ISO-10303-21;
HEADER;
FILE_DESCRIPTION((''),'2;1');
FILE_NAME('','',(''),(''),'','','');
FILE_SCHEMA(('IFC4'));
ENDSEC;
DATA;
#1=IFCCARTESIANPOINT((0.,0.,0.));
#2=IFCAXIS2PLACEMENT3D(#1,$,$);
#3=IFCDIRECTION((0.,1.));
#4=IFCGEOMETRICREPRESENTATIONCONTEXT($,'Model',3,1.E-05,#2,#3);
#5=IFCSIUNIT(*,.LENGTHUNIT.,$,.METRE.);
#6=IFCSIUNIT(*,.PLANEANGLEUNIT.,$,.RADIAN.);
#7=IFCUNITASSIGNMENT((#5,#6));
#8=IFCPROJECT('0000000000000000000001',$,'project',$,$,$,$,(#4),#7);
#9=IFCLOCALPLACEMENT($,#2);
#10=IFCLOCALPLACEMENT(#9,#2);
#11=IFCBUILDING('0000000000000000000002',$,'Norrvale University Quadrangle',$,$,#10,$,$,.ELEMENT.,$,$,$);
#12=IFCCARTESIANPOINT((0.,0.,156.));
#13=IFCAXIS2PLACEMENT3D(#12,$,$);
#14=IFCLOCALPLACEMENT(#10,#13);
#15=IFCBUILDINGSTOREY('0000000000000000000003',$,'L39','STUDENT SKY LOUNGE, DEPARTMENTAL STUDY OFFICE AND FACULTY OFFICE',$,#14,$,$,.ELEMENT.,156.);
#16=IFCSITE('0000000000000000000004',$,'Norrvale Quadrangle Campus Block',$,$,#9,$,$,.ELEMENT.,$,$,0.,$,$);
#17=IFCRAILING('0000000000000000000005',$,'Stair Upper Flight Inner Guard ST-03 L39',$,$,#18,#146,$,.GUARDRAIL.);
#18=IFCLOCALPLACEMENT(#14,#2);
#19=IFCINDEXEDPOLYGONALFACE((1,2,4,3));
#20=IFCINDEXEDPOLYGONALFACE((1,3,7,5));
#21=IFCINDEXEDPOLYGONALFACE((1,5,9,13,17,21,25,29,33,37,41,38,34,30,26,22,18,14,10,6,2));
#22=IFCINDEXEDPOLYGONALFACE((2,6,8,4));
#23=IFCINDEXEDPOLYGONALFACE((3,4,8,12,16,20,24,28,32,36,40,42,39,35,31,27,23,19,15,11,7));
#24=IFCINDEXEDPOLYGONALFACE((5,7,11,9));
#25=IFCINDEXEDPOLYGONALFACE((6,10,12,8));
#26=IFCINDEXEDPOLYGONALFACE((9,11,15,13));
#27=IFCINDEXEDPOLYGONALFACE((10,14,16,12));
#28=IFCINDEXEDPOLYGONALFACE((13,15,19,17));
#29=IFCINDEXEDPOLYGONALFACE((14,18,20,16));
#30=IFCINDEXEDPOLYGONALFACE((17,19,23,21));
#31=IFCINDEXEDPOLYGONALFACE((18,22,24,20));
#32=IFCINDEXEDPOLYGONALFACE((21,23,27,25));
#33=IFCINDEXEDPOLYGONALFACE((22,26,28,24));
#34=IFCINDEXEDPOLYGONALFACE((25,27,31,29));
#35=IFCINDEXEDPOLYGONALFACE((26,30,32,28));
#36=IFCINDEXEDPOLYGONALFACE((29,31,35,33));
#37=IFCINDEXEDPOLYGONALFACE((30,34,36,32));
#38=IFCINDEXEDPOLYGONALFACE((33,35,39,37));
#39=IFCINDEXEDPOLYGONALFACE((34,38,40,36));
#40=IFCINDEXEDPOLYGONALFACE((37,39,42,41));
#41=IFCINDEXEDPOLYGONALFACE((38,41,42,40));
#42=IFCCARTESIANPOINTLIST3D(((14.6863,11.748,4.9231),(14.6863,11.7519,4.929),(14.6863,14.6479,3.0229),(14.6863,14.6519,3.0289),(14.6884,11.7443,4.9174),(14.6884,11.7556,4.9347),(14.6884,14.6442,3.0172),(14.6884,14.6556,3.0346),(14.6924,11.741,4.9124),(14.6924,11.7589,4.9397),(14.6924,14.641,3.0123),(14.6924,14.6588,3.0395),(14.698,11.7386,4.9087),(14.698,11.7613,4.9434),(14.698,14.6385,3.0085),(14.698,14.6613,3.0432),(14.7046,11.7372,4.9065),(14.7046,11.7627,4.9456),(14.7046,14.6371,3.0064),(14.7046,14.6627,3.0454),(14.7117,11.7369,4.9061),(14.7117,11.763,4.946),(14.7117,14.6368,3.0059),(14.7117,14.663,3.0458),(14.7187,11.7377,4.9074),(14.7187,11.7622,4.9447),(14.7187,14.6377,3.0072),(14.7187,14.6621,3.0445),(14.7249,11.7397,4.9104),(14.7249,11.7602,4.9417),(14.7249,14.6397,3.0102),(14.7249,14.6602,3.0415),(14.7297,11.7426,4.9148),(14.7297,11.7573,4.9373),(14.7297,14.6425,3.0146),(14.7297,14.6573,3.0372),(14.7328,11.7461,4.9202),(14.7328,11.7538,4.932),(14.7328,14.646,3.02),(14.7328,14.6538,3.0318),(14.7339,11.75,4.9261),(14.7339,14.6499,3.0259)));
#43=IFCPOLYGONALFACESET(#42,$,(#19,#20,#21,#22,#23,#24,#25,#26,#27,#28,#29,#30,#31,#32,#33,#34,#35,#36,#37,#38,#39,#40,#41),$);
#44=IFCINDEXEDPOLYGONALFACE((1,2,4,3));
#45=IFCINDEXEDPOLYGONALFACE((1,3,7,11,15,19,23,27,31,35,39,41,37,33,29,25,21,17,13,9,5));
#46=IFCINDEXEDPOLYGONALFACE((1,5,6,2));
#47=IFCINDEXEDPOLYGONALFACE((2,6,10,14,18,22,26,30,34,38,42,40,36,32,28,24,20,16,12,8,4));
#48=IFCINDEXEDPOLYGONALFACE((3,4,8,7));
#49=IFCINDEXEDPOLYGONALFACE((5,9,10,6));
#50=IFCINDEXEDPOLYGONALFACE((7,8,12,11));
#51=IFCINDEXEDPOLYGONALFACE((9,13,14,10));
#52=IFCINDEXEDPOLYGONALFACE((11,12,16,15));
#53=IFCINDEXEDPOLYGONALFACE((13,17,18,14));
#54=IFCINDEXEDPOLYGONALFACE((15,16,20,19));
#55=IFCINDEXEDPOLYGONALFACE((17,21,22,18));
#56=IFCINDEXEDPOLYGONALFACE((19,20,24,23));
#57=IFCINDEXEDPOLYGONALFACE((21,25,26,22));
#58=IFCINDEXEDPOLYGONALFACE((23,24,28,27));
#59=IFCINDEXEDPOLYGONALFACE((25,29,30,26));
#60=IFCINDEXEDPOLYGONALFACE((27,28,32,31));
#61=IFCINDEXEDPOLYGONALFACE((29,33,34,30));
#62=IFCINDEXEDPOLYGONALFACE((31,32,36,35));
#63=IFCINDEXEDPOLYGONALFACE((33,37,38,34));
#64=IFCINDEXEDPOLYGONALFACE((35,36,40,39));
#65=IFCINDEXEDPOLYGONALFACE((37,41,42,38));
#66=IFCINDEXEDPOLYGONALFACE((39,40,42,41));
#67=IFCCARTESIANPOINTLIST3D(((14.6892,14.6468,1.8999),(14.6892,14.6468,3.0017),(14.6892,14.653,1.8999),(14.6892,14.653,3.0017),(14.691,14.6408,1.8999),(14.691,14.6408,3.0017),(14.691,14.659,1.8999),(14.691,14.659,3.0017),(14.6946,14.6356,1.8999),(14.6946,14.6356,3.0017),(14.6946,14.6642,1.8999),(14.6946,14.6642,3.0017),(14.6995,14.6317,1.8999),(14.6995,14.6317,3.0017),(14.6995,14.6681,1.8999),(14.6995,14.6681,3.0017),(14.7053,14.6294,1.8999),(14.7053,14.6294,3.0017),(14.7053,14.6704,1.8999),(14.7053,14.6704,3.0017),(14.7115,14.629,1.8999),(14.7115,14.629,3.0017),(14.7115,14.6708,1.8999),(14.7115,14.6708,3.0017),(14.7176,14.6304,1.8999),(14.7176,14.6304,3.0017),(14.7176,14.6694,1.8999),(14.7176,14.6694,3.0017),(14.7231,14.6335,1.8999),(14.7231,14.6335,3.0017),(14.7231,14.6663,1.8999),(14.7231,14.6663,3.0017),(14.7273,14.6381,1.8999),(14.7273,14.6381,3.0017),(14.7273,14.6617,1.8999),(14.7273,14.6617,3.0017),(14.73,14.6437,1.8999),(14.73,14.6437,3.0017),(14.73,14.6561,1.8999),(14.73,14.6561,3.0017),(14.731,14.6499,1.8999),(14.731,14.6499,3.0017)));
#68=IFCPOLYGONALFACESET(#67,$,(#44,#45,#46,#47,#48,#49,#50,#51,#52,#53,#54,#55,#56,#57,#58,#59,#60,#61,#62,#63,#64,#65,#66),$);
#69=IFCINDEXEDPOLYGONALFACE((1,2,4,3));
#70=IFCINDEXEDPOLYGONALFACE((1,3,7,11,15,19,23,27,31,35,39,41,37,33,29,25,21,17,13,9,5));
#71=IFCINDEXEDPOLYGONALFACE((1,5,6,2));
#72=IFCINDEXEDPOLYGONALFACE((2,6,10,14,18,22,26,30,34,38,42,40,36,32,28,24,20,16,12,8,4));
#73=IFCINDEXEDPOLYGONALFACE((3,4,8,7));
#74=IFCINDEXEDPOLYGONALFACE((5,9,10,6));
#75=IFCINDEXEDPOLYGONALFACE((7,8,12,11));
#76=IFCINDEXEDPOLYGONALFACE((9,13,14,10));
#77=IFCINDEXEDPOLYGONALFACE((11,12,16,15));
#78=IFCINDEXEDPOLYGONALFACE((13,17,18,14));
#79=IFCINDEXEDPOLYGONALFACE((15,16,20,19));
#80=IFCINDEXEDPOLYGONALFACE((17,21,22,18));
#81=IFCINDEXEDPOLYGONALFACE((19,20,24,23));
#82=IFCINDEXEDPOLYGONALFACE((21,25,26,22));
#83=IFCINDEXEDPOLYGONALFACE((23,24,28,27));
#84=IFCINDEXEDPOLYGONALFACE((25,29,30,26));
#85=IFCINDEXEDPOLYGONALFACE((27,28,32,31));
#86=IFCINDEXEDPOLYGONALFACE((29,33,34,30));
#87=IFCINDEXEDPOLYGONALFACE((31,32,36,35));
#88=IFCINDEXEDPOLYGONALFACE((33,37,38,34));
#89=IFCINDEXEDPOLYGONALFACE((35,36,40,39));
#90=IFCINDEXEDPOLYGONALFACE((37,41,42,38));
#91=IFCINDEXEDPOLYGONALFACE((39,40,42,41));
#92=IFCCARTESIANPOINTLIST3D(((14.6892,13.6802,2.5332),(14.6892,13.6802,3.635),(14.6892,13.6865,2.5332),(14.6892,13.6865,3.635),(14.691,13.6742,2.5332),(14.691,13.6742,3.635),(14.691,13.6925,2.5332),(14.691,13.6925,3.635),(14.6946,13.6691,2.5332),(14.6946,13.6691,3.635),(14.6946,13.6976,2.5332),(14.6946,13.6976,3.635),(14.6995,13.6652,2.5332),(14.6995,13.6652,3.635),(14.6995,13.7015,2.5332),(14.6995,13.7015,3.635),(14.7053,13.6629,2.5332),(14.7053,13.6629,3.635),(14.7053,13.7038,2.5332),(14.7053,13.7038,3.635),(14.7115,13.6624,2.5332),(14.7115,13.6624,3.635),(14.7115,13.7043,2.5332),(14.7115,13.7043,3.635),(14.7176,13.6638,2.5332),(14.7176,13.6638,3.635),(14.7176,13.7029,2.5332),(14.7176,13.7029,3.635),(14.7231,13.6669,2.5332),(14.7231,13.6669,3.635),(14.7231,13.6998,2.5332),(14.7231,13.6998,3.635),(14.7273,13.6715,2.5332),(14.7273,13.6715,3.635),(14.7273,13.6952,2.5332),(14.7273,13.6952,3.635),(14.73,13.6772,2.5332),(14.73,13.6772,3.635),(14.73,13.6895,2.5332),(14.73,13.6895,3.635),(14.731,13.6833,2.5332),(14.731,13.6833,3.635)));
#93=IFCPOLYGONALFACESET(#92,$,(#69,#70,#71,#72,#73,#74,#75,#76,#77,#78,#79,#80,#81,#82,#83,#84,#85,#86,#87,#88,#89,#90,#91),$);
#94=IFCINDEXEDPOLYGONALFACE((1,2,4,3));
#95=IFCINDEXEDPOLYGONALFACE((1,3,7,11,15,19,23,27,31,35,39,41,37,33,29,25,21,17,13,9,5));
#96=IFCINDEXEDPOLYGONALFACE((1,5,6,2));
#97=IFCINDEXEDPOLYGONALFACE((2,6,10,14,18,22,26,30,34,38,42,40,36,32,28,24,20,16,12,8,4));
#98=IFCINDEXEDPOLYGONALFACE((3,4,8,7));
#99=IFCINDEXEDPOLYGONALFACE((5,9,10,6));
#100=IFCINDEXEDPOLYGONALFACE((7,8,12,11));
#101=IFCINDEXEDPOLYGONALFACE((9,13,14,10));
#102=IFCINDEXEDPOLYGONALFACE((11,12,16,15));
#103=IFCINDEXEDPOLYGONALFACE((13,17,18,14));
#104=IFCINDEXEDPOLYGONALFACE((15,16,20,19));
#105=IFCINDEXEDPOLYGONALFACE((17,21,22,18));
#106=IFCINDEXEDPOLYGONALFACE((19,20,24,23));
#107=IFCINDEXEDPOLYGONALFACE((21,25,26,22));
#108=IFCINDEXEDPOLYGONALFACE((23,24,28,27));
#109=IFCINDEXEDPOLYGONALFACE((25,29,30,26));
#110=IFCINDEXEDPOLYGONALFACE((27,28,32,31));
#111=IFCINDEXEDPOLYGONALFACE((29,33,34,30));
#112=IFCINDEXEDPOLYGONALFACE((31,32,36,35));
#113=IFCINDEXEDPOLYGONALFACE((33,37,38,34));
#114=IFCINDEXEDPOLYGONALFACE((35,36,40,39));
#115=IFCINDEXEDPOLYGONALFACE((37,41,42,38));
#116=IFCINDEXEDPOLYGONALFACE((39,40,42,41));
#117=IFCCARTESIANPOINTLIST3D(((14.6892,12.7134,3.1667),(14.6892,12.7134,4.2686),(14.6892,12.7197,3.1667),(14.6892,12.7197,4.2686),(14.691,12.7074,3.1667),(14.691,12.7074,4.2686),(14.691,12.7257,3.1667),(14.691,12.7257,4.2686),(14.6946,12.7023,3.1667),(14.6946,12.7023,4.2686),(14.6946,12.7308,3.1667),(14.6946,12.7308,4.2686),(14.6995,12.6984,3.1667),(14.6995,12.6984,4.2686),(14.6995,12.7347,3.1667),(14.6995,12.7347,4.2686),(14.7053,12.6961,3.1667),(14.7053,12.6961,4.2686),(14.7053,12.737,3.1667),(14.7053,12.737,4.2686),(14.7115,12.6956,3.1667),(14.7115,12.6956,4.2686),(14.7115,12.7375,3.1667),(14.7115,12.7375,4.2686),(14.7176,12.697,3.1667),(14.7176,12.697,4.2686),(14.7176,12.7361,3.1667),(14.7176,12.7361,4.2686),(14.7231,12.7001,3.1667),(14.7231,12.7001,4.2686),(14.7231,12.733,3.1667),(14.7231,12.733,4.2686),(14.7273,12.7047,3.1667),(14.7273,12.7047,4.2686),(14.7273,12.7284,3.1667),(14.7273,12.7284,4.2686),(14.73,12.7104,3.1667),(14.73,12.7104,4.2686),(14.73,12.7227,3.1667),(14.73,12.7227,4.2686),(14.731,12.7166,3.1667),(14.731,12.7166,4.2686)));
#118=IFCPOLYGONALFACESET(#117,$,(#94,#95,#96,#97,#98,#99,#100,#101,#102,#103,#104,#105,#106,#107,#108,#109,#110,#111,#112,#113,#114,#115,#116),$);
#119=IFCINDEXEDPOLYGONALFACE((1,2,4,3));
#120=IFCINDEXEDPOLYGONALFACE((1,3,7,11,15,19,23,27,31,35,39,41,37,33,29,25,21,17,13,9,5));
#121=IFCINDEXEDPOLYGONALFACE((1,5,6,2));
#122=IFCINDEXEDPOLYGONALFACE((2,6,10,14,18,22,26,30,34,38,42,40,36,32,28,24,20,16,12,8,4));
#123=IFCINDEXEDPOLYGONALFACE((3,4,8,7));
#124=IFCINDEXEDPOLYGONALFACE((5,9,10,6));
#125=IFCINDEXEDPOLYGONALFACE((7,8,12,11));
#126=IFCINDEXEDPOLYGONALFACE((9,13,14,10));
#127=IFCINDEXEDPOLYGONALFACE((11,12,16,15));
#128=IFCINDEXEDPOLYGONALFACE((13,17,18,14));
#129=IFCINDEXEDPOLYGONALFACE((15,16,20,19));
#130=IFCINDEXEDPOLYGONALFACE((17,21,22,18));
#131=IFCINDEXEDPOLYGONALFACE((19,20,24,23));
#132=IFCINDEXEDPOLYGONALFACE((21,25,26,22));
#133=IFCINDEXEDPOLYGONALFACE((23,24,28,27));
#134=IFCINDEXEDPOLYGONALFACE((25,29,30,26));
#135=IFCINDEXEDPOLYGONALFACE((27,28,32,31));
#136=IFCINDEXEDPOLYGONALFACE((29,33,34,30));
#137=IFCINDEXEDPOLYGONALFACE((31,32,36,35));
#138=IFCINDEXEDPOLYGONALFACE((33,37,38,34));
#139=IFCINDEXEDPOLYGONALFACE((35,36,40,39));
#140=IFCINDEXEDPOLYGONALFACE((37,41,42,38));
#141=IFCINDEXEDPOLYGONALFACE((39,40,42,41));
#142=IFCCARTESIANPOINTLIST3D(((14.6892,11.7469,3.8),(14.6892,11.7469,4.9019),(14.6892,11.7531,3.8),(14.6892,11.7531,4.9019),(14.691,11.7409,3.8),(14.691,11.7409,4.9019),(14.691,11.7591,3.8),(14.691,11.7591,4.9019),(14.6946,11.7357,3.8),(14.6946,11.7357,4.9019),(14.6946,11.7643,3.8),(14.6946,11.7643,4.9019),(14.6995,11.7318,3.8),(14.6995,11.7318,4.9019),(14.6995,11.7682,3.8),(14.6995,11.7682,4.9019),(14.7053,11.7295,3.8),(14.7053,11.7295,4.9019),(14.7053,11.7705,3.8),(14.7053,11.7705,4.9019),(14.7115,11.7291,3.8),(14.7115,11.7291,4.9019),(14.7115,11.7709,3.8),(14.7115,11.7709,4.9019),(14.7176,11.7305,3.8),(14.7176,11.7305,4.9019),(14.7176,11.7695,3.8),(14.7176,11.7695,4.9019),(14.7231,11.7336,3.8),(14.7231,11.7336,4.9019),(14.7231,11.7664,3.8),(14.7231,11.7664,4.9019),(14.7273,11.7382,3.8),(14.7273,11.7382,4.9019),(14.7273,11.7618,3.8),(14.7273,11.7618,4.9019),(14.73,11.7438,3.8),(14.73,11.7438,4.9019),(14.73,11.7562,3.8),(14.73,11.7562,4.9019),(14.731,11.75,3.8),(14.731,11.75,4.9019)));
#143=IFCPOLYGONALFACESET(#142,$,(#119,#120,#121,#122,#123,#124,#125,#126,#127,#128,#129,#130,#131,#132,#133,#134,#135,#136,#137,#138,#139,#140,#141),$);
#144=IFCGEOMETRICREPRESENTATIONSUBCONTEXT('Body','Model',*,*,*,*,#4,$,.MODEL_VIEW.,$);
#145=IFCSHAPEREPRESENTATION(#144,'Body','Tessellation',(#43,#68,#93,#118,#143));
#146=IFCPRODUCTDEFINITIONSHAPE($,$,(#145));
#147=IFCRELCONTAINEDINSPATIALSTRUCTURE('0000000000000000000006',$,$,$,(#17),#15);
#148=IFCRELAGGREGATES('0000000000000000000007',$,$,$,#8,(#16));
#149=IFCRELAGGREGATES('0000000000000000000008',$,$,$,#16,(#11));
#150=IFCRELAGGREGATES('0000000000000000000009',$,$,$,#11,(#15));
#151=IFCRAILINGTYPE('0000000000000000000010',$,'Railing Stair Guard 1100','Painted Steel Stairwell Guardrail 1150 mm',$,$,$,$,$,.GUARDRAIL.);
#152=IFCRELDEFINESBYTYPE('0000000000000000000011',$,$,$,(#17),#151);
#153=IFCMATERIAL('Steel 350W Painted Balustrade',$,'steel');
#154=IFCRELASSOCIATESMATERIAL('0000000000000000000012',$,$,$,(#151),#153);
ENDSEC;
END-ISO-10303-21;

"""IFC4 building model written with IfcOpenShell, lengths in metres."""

from ifc_helpers import new_model, si_unit, direction, frame, origin, origin_2d, place, context, subcontext, project, spatial, circle, extrude, material, type_object, element, save


model = new_model("IFC4")

# Units and contexts
model_context = context("Model", 3, precision=1e-05, world=origin(), true_north=direction((0.0, 1.0)))
body_context = subcontext(model_context, "Body", "Model", "MODEL_VIEW")
ifc_project = project(units=[si_unit("LENGTHUNIT", "METRE"), si_unit("PLANEANGLEUNIT", "RADIAN")], contexts=[model_context])

# Site, building, storey
site_placement = place(None, origin())
site = spatial("IfcSite", under=ifc_project, at=site_placement, Name="Norrvale Quadrangle Campus Block", CompositionType="ELEMENT", RefElevation=0.0)
building_placement = place(site_placement, origin())
building = spatial("IfcBuilding", under=site, at=building_placement, Name="Norrvale University Quadrangle", CompositionType="ELEMENT")
storey_placement = place(building_placement, frame((0.0, 0.0, 156.0)))
storey = spatial("IfcBuildingStorey", under=building, at=storey_placement, Name="L39", Description="STUDENT SKY LOUNGE, DEPARTMENTAL STUDY OFFICE AND FACULTY OFFICE", CompositionType="ELEMENT", Elevation=156.0)

# Railing
ifc_material_1 = material(Name="Steel 350W Painted Balustrade", Category="steel")
railing_type_1 = type_object("IfcRailingType", Name="Railing Stair Guard 1100", Description="Painted Steel Stairwell Guardrail 1150 mm", PredefinedType="GUARDRAIL", material=ifc_material_1)
railing_1_placement = place(storey_placement, frame((14.71, 14.6499, 1.8999)))
element("IfcRailing", 1, at=railing_1_placement, inside=storey, type_object=railing_type_1, Name="Stair Upper Flight Inner Guard ST-03 L39", PredefinedType="GUARDRAIL", context=body_context, shape_type="SweptSolid", body=[
    extrude(circle(Radius=0.0239, at=origin_2d()), frame((0.0, 0.0, 1.126), z_axis=(0.0, -0.836433, 0.548069), x_axis=(1.0, 0.0, 0.0)), (0.0, 0.0, 1.0), 3.467),
    extrude(circle(Radius=0.021, at=origin_2d()), origin(), (0.0, 0.0, 1.0), 1.1018),
    extrude(circle(Radius=0.021, at=origin_2d()), frame((0.0, -0.9666, 0.6333)), (0.0, 0.0, 1.0), 1.1018),
    extrude(circle(Radius=0.021, at=origin_2d()), frame((0.0, -1.9333, 1.2668)), (0.0, 0.0, 1.0), 1.1018),
    extrude(circle(Radius=0.021, at=origin_2d()), frame((0.0, -2.8999, 1.9001)), (0.0, 0.0, 1.0), 1.1018),
])

save(model, "model.ifc")
